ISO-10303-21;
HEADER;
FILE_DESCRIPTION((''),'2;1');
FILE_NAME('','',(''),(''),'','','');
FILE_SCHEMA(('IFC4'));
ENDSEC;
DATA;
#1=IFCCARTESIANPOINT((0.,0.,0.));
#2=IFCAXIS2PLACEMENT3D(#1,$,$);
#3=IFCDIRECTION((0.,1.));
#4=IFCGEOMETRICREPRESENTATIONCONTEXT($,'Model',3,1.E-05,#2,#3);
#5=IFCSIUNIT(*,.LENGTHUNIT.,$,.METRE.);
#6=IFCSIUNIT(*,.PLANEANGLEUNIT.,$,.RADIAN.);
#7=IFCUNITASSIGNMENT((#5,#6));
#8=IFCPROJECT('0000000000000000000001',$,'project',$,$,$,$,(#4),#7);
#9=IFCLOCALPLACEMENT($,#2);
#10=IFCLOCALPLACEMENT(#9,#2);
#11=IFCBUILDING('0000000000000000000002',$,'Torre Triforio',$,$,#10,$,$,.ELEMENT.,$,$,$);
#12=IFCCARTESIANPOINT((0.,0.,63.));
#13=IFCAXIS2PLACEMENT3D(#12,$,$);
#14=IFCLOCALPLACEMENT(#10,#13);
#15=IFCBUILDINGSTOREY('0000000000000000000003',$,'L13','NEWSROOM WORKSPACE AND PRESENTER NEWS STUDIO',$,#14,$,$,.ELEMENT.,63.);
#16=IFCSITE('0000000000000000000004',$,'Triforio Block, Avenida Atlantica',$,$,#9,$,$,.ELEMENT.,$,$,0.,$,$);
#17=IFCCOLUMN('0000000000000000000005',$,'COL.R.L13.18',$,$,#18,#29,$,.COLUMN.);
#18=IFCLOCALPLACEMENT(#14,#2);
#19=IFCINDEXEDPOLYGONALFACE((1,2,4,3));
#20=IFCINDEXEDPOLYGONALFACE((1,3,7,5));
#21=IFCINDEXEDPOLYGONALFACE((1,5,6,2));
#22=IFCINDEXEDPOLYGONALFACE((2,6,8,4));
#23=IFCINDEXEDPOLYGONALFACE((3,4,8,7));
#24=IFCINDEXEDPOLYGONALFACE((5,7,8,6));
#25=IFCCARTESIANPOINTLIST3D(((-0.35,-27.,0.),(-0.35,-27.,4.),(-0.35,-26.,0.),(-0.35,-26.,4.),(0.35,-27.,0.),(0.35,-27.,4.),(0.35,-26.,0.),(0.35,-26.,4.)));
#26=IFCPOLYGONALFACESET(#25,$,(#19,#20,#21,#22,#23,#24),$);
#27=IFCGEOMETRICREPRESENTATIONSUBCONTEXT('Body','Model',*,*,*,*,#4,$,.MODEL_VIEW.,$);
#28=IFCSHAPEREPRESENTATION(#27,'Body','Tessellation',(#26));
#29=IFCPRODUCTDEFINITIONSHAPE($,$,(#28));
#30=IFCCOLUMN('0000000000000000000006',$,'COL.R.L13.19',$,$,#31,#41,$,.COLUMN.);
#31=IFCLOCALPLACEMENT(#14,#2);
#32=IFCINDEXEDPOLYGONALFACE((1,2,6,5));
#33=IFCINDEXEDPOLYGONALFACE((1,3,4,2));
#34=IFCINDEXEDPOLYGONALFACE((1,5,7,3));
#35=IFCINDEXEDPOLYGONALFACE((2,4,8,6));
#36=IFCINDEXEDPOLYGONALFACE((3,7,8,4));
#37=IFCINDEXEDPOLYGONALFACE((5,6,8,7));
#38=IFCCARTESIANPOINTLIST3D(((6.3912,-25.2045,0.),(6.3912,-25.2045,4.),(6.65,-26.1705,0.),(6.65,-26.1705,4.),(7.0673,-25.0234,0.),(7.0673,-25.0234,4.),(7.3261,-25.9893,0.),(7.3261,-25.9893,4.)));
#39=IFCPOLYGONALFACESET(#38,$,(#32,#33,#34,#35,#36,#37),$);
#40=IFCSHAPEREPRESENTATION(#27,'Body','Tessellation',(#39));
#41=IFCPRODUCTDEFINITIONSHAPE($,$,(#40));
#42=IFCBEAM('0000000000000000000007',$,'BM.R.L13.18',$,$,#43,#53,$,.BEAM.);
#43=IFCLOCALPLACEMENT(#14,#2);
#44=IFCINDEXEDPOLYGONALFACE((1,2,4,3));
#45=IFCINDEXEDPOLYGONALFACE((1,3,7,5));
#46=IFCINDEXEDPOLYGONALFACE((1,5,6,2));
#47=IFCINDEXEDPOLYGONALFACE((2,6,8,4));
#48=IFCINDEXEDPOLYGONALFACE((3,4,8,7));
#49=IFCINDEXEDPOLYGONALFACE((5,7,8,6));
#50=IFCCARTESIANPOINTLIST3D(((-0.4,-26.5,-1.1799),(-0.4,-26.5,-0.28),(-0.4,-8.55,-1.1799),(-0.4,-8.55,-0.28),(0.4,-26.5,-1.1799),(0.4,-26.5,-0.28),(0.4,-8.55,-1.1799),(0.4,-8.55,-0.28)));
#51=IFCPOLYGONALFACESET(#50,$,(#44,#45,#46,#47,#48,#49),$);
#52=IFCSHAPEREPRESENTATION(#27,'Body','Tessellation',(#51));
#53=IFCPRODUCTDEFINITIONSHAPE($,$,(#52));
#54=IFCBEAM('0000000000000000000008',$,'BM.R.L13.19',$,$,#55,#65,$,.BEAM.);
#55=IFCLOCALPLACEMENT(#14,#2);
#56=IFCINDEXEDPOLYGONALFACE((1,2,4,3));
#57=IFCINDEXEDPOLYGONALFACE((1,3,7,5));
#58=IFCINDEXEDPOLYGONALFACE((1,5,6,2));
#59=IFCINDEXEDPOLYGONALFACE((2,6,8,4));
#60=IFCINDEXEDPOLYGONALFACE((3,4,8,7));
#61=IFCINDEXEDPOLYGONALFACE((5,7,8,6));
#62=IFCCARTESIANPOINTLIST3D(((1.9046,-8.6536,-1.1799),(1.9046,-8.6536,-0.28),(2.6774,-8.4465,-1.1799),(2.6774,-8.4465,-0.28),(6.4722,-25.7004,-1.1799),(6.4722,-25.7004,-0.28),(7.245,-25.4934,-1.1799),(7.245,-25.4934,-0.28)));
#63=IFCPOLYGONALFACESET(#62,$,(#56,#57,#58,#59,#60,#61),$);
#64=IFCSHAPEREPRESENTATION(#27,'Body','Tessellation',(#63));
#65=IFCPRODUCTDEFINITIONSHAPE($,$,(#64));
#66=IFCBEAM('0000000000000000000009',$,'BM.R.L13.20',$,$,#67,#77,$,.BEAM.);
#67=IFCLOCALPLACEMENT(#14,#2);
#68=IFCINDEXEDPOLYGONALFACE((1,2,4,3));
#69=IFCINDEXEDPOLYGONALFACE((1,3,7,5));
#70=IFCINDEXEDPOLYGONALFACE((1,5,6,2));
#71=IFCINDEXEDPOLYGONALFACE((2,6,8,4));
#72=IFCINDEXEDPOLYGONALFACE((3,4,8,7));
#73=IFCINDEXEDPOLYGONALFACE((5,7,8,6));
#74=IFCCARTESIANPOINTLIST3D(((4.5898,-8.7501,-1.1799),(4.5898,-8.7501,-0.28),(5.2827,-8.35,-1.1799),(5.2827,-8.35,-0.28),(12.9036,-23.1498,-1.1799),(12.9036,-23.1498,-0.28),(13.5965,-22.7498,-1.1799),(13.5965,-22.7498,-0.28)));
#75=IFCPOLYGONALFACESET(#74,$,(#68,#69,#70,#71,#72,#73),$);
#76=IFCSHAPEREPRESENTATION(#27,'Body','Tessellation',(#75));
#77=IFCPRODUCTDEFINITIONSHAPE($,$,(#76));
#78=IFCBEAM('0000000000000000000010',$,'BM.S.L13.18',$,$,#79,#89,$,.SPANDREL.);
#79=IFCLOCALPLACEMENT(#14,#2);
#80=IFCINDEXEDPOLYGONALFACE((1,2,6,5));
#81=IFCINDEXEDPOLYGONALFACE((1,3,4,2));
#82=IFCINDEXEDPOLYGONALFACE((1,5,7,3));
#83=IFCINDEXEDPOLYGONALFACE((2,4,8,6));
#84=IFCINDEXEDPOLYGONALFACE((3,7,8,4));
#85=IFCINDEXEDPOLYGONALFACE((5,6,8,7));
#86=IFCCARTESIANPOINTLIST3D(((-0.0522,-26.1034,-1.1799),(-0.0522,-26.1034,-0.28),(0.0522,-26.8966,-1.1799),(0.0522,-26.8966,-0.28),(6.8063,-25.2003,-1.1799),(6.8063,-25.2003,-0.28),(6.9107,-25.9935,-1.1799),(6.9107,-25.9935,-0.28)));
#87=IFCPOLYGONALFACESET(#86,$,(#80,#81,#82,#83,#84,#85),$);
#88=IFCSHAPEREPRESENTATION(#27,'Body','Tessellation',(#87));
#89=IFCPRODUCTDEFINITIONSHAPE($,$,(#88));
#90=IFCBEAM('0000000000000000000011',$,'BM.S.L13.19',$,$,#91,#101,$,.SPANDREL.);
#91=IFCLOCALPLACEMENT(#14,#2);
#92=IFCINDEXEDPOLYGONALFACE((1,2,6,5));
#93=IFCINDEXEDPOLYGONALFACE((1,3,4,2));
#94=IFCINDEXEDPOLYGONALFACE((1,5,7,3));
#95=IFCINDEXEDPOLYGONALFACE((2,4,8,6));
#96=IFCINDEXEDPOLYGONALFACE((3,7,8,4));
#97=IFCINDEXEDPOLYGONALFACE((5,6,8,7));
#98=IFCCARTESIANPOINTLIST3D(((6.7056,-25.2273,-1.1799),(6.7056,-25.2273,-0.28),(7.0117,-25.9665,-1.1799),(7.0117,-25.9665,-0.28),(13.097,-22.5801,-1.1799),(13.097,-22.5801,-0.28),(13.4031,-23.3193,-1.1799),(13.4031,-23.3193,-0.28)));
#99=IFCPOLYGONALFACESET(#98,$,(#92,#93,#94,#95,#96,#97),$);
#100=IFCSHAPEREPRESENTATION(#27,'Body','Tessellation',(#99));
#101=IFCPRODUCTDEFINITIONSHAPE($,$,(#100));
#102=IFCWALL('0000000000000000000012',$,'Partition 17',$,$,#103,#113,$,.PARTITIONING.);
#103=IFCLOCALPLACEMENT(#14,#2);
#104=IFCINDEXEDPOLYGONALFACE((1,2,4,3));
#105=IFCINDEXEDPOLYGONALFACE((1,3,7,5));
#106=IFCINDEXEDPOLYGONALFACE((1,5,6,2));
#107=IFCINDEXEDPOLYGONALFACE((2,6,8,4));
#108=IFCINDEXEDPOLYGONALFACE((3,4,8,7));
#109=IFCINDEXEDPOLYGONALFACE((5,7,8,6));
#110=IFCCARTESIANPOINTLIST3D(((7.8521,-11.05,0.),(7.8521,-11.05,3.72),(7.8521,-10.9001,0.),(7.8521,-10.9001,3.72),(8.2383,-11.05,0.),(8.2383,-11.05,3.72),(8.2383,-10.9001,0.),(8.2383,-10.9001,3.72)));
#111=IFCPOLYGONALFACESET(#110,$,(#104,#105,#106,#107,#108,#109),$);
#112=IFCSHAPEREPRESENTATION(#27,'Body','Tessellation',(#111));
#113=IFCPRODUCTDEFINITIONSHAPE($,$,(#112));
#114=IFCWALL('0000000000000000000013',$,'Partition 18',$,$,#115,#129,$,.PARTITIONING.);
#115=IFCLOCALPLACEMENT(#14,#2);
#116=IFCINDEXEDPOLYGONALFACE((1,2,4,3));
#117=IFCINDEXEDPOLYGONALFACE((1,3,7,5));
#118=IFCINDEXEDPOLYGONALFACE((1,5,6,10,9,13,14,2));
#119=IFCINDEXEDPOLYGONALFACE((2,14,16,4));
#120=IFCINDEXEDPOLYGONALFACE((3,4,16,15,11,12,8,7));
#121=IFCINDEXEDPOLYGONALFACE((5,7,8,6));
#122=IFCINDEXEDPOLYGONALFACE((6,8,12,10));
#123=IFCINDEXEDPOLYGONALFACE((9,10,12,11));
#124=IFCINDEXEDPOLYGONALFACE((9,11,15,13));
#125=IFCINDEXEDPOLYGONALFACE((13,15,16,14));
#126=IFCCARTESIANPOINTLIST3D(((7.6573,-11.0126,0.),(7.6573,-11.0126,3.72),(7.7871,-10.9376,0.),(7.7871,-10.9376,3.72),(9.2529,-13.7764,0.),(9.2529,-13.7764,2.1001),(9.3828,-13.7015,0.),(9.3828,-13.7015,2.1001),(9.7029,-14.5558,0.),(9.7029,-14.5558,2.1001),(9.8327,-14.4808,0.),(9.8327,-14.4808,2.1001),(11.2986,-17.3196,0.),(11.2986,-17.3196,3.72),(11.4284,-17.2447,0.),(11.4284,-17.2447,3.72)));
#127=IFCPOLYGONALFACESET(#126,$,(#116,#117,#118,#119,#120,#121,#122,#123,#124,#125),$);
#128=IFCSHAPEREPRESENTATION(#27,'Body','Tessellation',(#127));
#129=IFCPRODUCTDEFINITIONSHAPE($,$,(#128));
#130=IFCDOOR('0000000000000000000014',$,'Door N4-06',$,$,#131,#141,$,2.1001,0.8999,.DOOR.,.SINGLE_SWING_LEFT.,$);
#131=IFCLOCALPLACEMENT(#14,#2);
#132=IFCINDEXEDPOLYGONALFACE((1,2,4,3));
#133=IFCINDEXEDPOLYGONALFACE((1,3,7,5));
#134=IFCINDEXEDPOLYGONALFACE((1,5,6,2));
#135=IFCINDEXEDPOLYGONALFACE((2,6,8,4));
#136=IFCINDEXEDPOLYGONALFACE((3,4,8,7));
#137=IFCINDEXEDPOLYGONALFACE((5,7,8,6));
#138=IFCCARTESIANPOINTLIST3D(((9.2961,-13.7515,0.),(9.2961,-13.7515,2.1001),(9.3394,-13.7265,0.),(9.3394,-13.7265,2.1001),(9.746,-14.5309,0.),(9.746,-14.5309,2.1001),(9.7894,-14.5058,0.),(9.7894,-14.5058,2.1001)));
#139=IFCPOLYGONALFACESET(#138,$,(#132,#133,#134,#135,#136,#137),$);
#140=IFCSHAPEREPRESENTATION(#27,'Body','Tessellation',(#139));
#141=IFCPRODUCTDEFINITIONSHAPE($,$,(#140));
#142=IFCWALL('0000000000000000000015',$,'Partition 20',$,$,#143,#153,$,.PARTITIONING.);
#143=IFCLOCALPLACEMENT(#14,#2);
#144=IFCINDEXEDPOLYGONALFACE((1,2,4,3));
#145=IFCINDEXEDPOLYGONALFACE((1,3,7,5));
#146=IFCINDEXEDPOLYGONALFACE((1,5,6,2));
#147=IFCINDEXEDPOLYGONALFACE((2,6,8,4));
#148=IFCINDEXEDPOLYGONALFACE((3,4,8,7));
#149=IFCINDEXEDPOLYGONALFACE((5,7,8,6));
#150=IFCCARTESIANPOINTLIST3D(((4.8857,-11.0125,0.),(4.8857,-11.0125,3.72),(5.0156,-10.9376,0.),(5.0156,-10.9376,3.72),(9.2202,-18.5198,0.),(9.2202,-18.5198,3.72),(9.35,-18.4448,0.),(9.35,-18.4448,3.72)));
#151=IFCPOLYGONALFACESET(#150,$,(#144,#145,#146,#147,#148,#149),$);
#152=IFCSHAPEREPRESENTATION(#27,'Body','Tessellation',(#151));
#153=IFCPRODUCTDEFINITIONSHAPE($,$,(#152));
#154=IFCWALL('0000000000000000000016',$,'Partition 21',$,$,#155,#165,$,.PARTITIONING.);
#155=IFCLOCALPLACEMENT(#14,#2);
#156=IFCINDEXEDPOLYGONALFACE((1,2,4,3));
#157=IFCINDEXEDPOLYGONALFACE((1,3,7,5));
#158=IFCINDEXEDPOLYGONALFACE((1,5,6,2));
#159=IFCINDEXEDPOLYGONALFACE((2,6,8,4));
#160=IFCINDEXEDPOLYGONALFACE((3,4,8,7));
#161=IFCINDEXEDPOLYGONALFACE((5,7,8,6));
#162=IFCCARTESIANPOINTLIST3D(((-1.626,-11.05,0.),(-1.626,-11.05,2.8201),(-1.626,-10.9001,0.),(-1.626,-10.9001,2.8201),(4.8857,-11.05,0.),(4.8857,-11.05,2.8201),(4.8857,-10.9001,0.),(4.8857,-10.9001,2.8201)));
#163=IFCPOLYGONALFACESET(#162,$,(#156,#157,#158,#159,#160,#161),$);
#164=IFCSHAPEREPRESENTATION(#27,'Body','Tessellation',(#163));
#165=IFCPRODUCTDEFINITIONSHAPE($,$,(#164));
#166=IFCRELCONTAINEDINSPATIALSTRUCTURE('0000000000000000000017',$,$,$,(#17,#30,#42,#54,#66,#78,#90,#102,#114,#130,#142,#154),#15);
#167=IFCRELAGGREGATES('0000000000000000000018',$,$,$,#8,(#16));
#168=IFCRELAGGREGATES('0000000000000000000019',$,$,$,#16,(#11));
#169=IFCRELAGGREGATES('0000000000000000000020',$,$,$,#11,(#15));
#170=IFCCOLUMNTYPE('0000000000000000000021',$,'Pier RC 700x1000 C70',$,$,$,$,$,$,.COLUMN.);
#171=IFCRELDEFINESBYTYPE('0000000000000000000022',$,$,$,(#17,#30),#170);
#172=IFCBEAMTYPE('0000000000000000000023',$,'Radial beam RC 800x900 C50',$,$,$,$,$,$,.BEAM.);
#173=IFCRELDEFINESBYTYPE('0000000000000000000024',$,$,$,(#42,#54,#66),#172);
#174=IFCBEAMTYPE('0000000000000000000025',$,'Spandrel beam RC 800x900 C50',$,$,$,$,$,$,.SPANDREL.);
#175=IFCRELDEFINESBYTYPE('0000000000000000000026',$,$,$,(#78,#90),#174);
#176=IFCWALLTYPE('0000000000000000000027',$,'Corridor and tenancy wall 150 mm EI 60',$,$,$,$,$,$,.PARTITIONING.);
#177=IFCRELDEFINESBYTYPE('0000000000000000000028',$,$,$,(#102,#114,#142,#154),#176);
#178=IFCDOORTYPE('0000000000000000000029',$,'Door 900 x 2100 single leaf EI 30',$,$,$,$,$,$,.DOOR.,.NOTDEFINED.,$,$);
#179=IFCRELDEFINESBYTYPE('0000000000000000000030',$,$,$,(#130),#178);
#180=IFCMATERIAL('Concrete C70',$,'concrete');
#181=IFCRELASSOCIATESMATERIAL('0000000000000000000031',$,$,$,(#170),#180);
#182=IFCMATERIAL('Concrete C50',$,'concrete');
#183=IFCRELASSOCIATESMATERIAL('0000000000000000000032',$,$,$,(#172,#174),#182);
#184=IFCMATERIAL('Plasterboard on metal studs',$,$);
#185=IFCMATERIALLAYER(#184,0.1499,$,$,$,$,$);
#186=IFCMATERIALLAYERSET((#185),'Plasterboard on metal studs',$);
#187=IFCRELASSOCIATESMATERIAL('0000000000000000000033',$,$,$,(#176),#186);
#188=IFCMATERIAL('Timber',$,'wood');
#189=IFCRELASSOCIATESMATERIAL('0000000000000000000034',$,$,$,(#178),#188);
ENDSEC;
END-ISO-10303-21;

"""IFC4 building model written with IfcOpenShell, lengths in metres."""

from ifc_helpers import new_model, si_unit, direction, frame, frame_2d, origin, origin_2d, place, context, subcontext, project, spatial, rectangle, extrude, material, layer, layer_set, material_profile, profile_set, type_object, element, fill, save


model = new_model("IFC4")

# Units and contexts
model_context = context("Model", 3, precision=1e-05, world=origin(), true_north=direction((0.0, 1.0)))
body_context = subcontext(model_context, "Body", "Model", "MODEL_VIEW")
ifc_project = project(units=[si_unit("LENGTHUNIT", "METRE"), si_unit("PLANEANGLEUNIT", "RADIAN")], contexts=[model_context])

# Site, building, storey
site_placement = place(None, origin())
site = spatial("IfcSite", under=ifc_project, at=site_placement, Name="Triforio Block, Avenida Atlantica", CompositionType="ELEMENT", RefElevation=0.0)
building_placement = place(site_placement, origin())
building = spatial("IfcBuilding", under=site, at=building_placement, Name="Torre Triforio", CompositionType="ELEMENT")
storey_placement = place(building_placement, frame((0.0, 0.0, 63.0)))
storey = spatial("IfcBuildingStorey", under=building, at=storey_placement, Name="L13", Description="NEWSROOM WORKSPACE AND PRESENTER NEWS STUDIO", CompositionType="ELEMENT", Elevation=63.0)

# Columns
ifc_material_1 = material(Name="Concrete C70", Category="concrete")
ifc_material_profile_1 = material_profile(ifc_material_1, rectangle(XDim=0.7, YDim=1.0, at=origin_2d()), Name="RC 700x1000")
ifc_profile_set_1 = profile_set([ifc_material_profile_1], Name="Concrete C70")
column_type = type_object("IfcColumnType", Name="Pier RC 700x1000 C70", PredefinedType="COLUMN", material=ifc_profile_set_1)
for number, where, z_axis, x_axis, name in (
    (1, (0.0, -26.5, 0.0), (0.0, 0.0, 1.0), (1.0, 0.0, 0.0), "COL.R.L13.18"),
    (2, (6.8586, -25.5969, 0.0), (0.0, 0.0, 1.0), (0.965926, 0.258819, 0.0), "COL.R.L13.19"),
):
    element("IfcColumn", number, at=place(storey_placement, frame(where, z_axis=z_axis, x_axis=x_axis)), inside=storey, type_object=column_type, Name=name, PredefinedType="COLUMN", context=body_context, shape_type="SweptSolid", body=[
        extrude(rectangle(XDim=0.7, YDim=1.0, at=origin_2d()), origin(), (0.0, 0.0, 1.0), 4.0),
    ])

# Beams
ifc_material_2 = material(Name="Concrete C50", Category="concrete")
ifc_material_profile_2 = material_profile(ifc_material_2, rectangle(XDim=0.8, YDim=0.8999, at=origin_2d()), Name="RC 800x900")
ifc_profile_set_2 = profile_set([ifc_material_profile_2], Name="Concrete C50")
beam_type_1 = type_object("IfcBeamType", Name="Radial beam RC 800x900 C50", PredefinedType="BEAM", material=ifc_profile_set_2)
beam_1_placement = place(storey_placement, frame((0.0, -8.55, -0.73), z_axis=(0.0, -1.0, 0.0), x_axis=(1.0, 0.0, 0.0)))
element("IfcBeam", 3, at=beam_1_placement, inside=storey, type_object=beam_type_1, Name="BM.R.L13.18", PredefinedType="BEAM", context=body_context, shape_type="SweptSolid", body=[
    extrude(rectangle(XDim=0.8, YDim=0.8999, at=origin_2d()), origin(), (0.0, 0.0, 1.0), 17.95),
])
beam_2_placement = place(storey_placement, frame((2.291, -8.55, -0.73), z_axis=(0.258815, -0.965927, 0.0), x_axis=(0.965927, 0.258815, 0.0)))
element("IfcBeam", 4, at=beam_2_placement, inside=storey, type_object=beam_type_1, Name="BM.R.L13.19", PredefinedType="BEAM", context=body_context, shape_type="SweptSolid", body=[
    extrude(rectangle(XDim=0.8, YDim=0.8999, at=origin_2d()), origin(), (0.0, 0.0, 1.0), 17.6482),
])
beam_3_placement = place(storey_placement, frame((4.9363, -8.55, -0.73), z_axis=(0.500003, -0.866023, 0.0), x_axis=(0.866023, 0.500003, 0.0)))
element("IfcBeam", 5, at=beam_3_placement, inside=storey, type_object=beam_type_1, Name="BM.R.L13.20", PredefinedType="BEAM", context=body_context, shape_type="SweptSolid", body=[
    extrude(rectangle(XDim=0.8, YDim=0.8999, at=origin_2d()), origin(), (0.0, 0.0, 1.0), 16.6274),
])
ifc_material_profile_3 = material_profile(ifc_material_2, rectangle(XDim=0.8, YDim=0.8999, at=origin_2d()), Name="RC 800x900")
ifc_profile_set_3 = profile_set([ifc_material_profile_3], Name="Concrete C50")
beam_type_2 = type_object("IfcBeamType", Name="Spandrel beam RC 800x900 C50", PredefinedType="SPANDREL", material=ifc_profile_set_3)
beam_4_placement = place(storey_placement, frame((0.0, -26.5, -0.73), z_axis=(0.991443, 0.130543, 0.0), x_axis=(-0.130543, 0.991443, 0.0)))
element("IfcBeam", 6, at=beam_4_placement, inside=storey, type_object=beam_type_2, Name="BM.S.L13.18", PredefinedType="SPANDREL", context=body_context, shape_type="SweptSolid", body=[
    extrude(rectangle(XDim=0.8, YDim=0.8999, at=origin_2d()), origin(), (0.0, 0.0, 1.0), 6.9177),
])
beam_5_placement = place(storey_placement, frame((6.8586, -25.5969, -0.73), z_axis=(0.923888, 0.382662, 0.0), x_axis=(-0.382662, 0.923888, 0.0)))
element("IfcBeam", 7, at=beam_5_placement, inside=storey, type_object=beam_type_2, Name="BM.S.L13.19", PredefinedType="SPANDREL", context=body_context, shape_type="SweptSolid", body=[
    extrude(rectangle(XDim=0.8, YDim=0.8999, at=origin_2d()), origin(), (0.0, 0.0, 1.0), 6.918),
])

# Wall
ifc_material_3 = material(Name="Plasterboard on metal studs")
ifc_layer_1 = layer(ifc_material_3, 0.1499)
ifc_layer_set_1 = layer_set([ifc_layer_1], Name="Plasterboard on metal studs")
wall_type_1 = type_object("IfcWallType", Name="Corridor and tenancy wall 150 mm EI 60", PredefinedType="PARTITIONING", material=ifc_layer_set_1)
wall_1_placement = place(storey_placement, frame((8.2383, -10.9751, 0.0), z_axis=(0.0, 0.0, 1.0), x_axis=(-1.0, 0.0, 0.0)))
element("IfcWall", 8, at=wall_1_placement, inside=storey, type_object=wall_type_1, Name="Partition 17", PredefinedType="PARTITIONING", context=body_context, shape_type="SweptSolid", body=[
    extrude(rectangle(XDim=0.3862, YDim=0.1499, at=frame_2d((0.1931, 0.0))), origin(), (0.0, 0.0, 1.0), 3.72),
])

# Wall, opening, door
wall_2_placement = place(storey_placement, frame((7.7222, -10.9751, 0.0), z_axis=(0.0, 0.0, 1.0), x_axis=(0.499993, -0.866029, 0.0)))
wall_2 = element("IfcWall", 9, at=wall_2_placement, inside=storey, type_object=wall_type_1, Name="Partition 18", PredefinedType="PARTITIONING", context=body_context, shape_type="SweptSolid", body=[
    extrude(rectangle(XDim=7.2827, YDim=0.1499, at=frame_2d((3.6414, 0.0))), origin(), (0.0, 0.0, 1.0), 3.72),
])
opening_1_placement = place(wall_2_placement, frame((3.1914, 0.0, 0.0)))
opening_1 = element("IfcOpeningElement", 10, at=opening_1_placement, cuts=wall_2, PredefinedType="OPENING", context=body_context, shape_type="SweptSolid", body=[
    extrude(rectangle(XDim=0.8999, YDim=2.1001, at=frame_2d((0.45, 1.05))), frame((0.0, 0.085, 0.0), z_axis=(0.0, -1.0, 0.0), x_axis=(1.0, 0.0, 0.0)), (0.0, 0.0, 1.0), 0.1699),
])
ifc_material_4 = material(Name="Timber", Category="wood")
door_type_1 = type_object("IfcDoorType", Name="Door 900 x 2100 single leaf EI 30", OperationType="NOTDEFINED", PredefinedType="DOOR", material=ifc_material_4)
door_1_placement = place(opening_1_placement, origin())
door_1 = element("IfcDoor", 11, at=door_1_placement, inside=storey, type_object=door_type_1, Name="Door N4-06", OperationType="SINGLE_SWING_LEFT", OverallHeight=2.1001, OverallWidth=0.8999, PredefinedType="DOOR", context=body_context, shape_type="SweptSolid", body=[
    extrude(rectangle(XDim=0.8999, YDim=2.1001, at=frame_2d((0.45, 1.05))), frame((0.0, 0.0249, 0.0), z_axis=(0.0, -1.0, 0.0), x_axis=(1.0, 0.0, 0.0)), (0.0, 0.0, 1.0), 0.05),
])
fill(opening_1, door_1)

# Walls
wall_3_placement = place(storey_placement, frame((9.2852, -18.4824, 0.0), z_axis=(0.0, 0.0, 1.0), x_axis=(-0.50001, 0.86602, 0.0)))
element("IfcWall", 12, at=wall_3_placement, inside=storey, type_object=wall_type_1, Name="Partition 20", PredefinedType="PARTITIONING", context=body_context, shape_type="SweptSolid", body=[
    extrude(rectangle(XDim=8.6687, YDim=0.1499, at=frame_2d((4.3345, 0.0))), origin(), (0.0, 0.0, 1.0), 3.72),
])
wall_4_placement = place(storey_placement, frame((4.8857, -10.9751, 0.0), z_axis=(0.0, 0.0, 1.0), x_axis=(-1.0, 0.0, 0.0)))
element("IfcWall", 13, at=wall_4_placement, inside=storey, type_object=wall_type_1, Name="Partition 21", PredefinedType="PARTITIONING", context=body_context, shape_type="SweptSolid", body=[
    extrude(rectangle(XDim=6.5117, YDim=0.1499, at=frame_2d((3.2559, 0.0))), origin(), (0.0, 0.0, 1.0), 2.8201),
])

save(model, "model.ifc")
